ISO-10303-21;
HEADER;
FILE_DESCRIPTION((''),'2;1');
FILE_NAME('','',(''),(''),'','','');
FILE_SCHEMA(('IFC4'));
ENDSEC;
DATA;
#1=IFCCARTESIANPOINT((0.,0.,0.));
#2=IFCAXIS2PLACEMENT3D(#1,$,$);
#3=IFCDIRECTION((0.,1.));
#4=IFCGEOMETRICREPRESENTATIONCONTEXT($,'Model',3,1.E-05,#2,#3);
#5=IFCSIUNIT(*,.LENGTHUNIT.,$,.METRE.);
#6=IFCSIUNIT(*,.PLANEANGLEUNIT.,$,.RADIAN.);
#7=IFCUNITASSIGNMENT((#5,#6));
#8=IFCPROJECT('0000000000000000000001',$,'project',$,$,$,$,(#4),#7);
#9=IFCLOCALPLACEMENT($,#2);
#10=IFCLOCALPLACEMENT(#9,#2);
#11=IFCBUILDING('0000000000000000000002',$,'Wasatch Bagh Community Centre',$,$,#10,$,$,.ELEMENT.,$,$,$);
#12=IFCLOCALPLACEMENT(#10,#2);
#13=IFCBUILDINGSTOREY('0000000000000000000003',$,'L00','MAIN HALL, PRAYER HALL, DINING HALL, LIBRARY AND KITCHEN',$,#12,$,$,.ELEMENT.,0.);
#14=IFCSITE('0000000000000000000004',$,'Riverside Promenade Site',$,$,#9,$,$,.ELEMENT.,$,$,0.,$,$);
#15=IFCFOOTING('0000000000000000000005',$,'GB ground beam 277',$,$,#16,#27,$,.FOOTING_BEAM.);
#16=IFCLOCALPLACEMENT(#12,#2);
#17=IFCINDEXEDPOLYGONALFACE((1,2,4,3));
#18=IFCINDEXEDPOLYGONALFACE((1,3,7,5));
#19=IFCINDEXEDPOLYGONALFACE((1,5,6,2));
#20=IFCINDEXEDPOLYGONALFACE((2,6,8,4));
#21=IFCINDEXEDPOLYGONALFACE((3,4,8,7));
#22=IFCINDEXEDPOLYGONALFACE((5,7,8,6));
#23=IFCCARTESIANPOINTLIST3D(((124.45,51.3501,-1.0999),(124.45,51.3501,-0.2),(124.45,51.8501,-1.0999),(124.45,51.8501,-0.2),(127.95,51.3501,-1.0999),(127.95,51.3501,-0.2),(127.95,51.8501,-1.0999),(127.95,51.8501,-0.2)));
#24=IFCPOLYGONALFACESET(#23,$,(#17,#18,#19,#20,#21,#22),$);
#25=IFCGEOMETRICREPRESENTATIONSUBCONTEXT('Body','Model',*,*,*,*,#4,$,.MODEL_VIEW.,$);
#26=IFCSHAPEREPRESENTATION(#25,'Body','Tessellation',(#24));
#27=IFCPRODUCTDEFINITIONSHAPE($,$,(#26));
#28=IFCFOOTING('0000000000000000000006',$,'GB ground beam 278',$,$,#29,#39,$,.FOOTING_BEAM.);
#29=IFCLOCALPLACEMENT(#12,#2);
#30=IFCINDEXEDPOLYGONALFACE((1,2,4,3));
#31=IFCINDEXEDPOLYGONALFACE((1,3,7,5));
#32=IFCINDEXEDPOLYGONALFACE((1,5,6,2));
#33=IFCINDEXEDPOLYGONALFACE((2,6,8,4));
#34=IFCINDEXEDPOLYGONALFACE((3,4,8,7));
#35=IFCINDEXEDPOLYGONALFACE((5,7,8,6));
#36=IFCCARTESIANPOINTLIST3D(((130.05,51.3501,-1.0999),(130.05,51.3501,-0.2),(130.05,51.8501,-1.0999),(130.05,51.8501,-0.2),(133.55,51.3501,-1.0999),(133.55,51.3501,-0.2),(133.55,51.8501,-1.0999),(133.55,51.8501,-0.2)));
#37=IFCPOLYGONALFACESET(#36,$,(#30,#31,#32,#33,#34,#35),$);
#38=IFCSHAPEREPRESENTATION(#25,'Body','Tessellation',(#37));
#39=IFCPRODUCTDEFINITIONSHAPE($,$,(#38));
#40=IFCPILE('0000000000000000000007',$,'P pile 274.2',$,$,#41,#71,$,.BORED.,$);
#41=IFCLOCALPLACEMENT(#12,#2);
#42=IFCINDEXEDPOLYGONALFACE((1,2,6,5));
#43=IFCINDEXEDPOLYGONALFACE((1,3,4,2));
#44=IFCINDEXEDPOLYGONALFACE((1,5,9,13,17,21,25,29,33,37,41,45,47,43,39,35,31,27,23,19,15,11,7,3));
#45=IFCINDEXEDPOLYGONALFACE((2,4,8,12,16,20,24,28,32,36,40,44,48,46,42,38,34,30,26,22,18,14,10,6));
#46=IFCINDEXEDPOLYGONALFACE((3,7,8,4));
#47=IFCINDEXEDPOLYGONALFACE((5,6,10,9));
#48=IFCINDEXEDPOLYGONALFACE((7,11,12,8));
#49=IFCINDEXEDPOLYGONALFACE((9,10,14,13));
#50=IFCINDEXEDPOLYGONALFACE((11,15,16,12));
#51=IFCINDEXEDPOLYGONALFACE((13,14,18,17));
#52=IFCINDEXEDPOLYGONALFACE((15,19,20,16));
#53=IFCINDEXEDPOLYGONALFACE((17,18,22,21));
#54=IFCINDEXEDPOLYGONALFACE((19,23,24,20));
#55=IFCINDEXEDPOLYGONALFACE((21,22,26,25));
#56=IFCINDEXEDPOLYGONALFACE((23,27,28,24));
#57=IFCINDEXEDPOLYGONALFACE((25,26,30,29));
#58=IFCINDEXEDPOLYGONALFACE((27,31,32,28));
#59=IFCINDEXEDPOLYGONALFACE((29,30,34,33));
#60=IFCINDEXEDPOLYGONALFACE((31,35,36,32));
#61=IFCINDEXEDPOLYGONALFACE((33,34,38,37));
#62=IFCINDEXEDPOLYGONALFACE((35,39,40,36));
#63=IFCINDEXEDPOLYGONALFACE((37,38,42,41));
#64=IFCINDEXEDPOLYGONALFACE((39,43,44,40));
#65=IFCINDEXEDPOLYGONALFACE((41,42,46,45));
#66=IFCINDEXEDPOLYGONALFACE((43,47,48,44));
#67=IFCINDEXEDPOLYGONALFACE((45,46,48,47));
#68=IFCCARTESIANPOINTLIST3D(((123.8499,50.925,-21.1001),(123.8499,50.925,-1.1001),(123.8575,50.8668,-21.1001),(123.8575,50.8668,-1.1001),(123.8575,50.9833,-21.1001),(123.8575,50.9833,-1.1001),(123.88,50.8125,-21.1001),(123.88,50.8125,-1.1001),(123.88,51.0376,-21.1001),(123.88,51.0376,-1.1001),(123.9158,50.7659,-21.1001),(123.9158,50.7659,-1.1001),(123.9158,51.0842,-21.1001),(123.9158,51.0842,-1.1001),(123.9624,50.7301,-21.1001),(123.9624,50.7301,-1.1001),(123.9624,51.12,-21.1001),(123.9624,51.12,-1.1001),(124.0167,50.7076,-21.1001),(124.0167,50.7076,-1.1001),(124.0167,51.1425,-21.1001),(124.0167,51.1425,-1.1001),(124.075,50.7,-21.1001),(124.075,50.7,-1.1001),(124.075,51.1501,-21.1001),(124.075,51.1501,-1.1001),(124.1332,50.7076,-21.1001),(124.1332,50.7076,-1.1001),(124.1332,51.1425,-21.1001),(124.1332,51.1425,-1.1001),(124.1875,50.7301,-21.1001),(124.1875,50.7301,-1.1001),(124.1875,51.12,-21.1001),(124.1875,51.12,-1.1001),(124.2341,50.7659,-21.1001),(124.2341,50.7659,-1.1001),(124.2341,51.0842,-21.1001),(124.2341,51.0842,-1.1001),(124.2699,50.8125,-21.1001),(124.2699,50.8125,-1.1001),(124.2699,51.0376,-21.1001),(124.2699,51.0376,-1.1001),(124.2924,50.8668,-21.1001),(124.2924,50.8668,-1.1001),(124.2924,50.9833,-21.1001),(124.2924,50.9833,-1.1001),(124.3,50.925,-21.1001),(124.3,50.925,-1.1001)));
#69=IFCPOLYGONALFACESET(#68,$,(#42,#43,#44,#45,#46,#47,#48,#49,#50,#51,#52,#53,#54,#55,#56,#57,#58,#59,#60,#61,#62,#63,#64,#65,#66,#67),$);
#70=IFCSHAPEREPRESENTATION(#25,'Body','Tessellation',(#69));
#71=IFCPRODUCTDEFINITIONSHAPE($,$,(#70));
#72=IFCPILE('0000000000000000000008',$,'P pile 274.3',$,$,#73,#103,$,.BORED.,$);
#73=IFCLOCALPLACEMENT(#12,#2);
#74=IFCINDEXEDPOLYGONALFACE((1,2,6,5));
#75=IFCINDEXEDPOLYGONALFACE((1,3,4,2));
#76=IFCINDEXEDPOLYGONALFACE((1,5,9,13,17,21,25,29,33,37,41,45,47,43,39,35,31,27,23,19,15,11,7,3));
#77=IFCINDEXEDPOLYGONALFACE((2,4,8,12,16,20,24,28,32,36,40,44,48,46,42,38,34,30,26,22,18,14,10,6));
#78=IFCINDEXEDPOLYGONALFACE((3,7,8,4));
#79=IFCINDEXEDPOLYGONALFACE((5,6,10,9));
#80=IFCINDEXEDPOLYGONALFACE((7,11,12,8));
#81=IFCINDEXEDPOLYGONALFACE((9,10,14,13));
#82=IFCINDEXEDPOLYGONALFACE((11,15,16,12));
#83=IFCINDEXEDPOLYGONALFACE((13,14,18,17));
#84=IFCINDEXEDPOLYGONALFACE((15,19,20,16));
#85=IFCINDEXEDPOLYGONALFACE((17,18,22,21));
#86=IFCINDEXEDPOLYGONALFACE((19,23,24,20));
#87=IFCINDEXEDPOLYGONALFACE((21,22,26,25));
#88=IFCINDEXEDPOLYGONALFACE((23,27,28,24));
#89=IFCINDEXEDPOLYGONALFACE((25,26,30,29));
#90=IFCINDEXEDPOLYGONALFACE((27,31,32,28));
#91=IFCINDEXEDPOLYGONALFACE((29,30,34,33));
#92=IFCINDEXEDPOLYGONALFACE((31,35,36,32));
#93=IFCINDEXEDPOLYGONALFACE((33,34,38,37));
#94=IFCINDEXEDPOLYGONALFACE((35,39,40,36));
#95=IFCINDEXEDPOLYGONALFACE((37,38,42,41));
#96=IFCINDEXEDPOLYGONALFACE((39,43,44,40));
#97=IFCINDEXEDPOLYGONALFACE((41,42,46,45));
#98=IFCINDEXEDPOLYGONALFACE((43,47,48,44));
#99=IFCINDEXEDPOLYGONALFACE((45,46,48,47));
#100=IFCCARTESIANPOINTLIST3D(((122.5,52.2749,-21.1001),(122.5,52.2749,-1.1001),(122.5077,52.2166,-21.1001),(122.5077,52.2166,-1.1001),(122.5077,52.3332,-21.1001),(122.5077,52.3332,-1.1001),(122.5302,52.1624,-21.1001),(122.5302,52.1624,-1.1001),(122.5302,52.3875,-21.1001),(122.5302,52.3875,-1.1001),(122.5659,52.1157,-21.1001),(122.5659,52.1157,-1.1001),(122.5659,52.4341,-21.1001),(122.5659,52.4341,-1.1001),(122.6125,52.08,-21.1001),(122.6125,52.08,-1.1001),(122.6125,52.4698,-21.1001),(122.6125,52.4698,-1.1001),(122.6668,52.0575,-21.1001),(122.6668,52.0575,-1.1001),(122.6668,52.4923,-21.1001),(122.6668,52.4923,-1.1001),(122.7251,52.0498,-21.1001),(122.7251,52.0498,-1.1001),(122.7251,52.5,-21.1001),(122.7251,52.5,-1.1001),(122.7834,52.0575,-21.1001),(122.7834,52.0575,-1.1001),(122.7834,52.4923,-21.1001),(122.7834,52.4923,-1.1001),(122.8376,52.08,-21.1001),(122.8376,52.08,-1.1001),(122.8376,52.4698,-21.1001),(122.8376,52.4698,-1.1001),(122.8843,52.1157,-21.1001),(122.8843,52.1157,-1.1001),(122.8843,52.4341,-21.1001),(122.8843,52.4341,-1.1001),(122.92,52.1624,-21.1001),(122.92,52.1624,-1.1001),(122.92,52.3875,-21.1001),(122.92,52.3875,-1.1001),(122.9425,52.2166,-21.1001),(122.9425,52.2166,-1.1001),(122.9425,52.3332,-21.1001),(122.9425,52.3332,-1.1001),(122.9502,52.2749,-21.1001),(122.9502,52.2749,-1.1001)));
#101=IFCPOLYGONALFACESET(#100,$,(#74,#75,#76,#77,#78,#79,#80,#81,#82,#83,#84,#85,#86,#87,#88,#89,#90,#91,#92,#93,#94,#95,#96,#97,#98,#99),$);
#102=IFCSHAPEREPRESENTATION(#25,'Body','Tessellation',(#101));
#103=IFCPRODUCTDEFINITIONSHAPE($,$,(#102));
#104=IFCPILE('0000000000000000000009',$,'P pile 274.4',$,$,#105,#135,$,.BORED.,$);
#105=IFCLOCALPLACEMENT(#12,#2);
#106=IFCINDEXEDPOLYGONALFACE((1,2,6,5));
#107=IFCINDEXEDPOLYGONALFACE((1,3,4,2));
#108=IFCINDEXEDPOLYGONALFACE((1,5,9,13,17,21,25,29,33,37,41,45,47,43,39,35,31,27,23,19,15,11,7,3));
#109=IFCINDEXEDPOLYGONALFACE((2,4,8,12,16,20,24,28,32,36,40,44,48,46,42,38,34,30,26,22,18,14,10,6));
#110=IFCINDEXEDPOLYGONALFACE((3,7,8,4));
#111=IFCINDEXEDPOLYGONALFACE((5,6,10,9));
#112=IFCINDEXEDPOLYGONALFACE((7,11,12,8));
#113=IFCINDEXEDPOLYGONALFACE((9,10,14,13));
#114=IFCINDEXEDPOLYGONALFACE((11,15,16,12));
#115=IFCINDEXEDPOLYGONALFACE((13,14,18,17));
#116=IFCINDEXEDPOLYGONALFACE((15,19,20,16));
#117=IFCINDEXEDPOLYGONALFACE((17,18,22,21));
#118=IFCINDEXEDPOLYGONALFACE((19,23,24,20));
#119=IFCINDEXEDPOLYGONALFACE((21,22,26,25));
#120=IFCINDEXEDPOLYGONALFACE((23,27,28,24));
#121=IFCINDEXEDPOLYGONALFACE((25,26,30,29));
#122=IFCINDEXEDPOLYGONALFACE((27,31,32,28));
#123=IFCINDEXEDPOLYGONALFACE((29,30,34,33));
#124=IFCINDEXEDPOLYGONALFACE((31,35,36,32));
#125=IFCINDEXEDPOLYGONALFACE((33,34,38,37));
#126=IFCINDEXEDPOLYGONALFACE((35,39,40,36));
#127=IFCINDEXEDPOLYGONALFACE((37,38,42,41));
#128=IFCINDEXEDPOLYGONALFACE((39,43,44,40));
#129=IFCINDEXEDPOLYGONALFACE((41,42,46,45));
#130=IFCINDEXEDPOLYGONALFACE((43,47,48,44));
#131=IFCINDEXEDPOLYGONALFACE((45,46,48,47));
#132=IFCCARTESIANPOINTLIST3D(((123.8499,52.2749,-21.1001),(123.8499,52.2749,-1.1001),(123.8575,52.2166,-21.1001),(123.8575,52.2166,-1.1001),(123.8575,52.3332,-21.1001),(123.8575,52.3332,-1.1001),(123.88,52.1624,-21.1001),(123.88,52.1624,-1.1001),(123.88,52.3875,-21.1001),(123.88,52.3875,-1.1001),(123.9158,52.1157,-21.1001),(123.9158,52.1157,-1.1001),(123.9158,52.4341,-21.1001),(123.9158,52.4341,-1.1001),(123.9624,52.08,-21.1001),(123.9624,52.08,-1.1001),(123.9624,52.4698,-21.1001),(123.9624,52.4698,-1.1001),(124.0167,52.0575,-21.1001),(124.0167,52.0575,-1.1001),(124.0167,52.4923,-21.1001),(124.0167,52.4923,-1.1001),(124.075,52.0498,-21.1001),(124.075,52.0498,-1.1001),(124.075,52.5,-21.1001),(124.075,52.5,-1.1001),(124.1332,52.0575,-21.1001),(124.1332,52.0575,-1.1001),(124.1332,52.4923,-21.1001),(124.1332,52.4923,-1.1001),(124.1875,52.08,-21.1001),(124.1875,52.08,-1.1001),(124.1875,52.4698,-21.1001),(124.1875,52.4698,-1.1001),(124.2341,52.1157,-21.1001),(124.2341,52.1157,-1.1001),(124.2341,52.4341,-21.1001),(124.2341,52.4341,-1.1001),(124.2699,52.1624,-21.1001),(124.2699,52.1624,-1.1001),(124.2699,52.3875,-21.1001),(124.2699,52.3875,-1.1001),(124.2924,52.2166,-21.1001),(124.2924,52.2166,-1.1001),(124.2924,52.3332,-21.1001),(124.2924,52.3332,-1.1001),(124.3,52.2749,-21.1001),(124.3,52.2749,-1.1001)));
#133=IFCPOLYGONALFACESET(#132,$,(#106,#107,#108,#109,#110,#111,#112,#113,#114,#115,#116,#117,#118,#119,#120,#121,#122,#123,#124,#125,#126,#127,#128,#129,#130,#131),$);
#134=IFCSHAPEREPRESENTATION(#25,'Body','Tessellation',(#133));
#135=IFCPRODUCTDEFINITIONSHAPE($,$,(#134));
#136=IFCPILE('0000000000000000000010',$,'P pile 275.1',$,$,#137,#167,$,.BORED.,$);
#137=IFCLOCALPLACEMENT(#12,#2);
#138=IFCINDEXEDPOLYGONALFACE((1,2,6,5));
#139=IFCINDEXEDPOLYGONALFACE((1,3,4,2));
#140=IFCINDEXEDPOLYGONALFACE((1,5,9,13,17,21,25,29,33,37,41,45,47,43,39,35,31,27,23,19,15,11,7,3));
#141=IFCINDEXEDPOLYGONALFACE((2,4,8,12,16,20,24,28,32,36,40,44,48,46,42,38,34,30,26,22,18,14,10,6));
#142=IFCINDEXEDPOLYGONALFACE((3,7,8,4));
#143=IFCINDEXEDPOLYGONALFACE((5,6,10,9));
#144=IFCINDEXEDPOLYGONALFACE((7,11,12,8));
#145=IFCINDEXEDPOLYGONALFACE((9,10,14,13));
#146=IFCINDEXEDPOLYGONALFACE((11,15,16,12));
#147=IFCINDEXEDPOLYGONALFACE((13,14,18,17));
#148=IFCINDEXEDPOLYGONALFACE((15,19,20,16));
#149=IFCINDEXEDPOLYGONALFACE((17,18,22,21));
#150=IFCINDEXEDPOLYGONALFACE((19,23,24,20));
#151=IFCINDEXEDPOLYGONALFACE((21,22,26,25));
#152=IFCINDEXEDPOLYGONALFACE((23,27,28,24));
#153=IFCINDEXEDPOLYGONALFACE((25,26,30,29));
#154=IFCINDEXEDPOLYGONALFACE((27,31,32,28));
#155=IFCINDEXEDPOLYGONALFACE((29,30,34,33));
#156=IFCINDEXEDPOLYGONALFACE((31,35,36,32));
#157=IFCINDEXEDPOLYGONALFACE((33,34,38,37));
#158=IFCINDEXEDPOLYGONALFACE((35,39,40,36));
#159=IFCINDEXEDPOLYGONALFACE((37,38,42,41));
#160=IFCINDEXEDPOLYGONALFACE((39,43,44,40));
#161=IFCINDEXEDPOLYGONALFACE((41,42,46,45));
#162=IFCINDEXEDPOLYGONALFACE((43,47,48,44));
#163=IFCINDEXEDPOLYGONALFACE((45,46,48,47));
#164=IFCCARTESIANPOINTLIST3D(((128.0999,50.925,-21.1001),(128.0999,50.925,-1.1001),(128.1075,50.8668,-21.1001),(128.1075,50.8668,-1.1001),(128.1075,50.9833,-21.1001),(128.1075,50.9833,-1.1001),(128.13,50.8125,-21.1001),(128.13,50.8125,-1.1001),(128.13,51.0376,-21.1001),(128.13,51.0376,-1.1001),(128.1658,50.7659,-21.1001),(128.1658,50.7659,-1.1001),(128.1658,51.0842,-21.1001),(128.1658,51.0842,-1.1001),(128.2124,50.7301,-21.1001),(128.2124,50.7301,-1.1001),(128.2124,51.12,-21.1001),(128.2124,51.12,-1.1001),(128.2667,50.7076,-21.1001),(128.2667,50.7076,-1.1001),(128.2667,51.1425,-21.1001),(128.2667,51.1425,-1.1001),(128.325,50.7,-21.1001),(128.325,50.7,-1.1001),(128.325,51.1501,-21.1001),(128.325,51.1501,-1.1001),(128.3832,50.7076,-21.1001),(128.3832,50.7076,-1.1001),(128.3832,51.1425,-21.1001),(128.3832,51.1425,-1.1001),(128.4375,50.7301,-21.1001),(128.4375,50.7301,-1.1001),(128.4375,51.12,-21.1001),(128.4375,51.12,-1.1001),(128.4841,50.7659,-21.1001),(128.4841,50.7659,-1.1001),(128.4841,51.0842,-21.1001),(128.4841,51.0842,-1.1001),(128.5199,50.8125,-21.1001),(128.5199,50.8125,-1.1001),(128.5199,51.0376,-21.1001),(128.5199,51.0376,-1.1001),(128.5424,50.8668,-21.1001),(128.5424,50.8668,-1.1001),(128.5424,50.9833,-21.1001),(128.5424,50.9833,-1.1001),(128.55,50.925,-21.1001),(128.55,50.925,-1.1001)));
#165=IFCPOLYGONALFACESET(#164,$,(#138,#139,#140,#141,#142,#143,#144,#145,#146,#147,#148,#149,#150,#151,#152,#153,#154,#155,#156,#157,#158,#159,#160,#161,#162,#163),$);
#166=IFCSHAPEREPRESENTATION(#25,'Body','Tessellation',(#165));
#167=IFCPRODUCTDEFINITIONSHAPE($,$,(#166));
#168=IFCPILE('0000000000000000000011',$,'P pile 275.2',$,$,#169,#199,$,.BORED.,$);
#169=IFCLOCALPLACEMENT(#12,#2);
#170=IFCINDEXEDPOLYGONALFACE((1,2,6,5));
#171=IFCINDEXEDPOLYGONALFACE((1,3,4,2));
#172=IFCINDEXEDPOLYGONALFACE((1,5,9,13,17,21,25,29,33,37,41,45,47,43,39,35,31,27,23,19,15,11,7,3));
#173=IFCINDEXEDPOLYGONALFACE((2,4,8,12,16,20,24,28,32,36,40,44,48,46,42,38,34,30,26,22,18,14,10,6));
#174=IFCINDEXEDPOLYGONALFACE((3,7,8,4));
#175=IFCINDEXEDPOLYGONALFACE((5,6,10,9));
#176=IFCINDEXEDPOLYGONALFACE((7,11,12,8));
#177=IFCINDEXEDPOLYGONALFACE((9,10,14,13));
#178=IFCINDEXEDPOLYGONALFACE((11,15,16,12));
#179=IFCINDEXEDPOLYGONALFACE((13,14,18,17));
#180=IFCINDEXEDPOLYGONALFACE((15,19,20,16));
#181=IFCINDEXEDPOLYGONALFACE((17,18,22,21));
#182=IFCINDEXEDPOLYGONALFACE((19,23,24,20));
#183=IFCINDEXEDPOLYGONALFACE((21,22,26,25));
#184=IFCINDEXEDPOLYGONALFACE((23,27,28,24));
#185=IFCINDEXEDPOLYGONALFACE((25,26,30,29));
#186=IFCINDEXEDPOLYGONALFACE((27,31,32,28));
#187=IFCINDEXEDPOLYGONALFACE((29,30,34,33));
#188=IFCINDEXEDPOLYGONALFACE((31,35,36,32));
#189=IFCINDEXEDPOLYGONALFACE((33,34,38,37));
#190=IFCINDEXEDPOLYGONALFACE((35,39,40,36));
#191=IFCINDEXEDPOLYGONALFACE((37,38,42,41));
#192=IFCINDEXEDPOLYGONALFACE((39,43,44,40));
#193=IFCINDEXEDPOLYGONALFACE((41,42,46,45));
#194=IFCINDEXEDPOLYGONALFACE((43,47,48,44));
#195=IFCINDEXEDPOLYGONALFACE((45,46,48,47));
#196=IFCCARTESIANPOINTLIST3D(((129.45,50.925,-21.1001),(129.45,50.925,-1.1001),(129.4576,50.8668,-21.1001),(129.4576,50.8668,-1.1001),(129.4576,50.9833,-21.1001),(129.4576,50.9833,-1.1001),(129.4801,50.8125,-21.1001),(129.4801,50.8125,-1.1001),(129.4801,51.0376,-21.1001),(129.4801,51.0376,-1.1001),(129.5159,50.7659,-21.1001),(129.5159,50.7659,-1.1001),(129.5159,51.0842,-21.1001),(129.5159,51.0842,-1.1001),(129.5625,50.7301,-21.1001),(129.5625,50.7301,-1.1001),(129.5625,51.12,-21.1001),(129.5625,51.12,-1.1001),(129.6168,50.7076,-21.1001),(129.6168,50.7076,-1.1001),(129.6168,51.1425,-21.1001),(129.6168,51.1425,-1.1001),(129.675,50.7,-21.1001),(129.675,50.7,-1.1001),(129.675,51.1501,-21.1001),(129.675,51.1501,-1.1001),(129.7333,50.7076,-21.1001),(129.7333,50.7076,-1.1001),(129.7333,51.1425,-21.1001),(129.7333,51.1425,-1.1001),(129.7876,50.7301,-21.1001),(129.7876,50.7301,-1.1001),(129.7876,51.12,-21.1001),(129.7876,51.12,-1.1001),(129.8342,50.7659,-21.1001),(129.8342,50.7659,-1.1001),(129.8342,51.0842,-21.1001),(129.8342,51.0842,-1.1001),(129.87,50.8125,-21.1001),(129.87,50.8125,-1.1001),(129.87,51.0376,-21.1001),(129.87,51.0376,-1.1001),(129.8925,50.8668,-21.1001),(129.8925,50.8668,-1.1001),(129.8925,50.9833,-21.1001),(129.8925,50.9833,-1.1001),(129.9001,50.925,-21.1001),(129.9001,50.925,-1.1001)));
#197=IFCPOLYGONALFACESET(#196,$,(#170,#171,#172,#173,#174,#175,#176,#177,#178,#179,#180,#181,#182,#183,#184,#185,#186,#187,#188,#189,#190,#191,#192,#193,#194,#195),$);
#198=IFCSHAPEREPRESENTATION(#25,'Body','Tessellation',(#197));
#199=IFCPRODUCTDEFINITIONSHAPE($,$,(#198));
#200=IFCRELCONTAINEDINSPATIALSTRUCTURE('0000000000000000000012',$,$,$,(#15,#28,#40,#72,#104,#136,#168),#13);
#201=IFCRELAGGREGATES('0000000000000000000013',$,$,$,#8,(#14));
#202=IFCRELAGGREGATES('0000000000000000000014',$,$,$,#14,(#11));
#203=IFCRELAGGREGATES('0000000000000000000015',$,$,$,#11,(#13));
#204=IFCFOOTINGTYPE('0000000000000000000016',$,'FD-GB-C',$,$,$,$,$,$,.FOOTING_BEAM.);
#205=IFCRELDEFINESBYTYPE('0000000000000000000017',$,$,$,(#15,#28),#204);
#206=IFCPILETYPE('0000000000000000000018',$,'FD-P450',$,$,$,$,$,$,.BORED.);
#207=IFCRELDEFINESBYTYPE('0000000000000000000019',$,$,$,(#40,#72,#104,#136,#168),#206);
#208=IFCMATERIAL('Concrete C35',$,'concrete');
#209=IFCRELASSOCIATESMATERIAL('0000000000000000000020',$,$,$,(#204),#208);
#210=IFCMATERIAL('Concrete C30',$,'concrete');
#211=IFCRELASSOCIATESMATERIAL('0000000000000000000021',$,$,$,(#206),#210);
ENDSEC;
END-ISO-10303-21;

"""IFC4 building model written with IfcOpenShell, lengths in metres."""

from ifc_helpers import new_model, si_unit, direction, frame, origin, origin_2d, place, context, subcontext, project, spatial, rectangle, circle, extrude, material, material_profile, profile_set, type_object, element, save


model = new_model("IFC4")

# Units and contexts
model_context = context("Model", 3, precision=1e-05, world=origin(), true_north=direction((0.0, 1.0)))
body_context = subcontext(model_context, "Body", "Model", "MODEL_VIEW")
ifc_project = project(units=[si_unit("LENGTHUNIT", "METRE"), si_unit("PLANEANGLEUNIT", "RADIAN")], contexts=[model_context])

# Site, building, storey
site_placement = place(None, origin())
site = spatial("IfcSite", under=ifc_project, at=site_placement, Name="Riverside Promenade Site", CompositionType="ELEMENT", RefElevation=0.0)
building_placement = place(site_placement, origin())
building = spatial("IfcBuilding", under=site, at=building_placement, Name="Wasatch Bagh Community Centre", CompositionType="ELEMENT")
storey_placement = place(building_placement, origin())
storey = spatial("IfcBuildingStorey", under=building, at=storey_placement, Name="L00", Description="MAIN HALL, PRAYER HALL, DINING HALL, LIBRARY AND KITCHEN", CompositionType="ELEMENT", Elevation=0.0)

# Footings
ifc_material_1 = material(Name="Concrete C35", Category="concrete")
footing_type_1 = type_object("IfcFootingType", Name="FD-GB-C", PredefinedType="FOOTING_BEAM", material=ifc_material_1)
for number, where, z_axis, x_axis, name in (
    (1, (126.2, 51.6001, -1.0999), (0.0, 0.0, 1.0), (1.0, 0.0, 0.0), "GB ground beam 277"),
    (2, (131.8, 51.6001, -1.0999), (0.0, 0.0, 1.0), (1.0, 0.0, 0.0), "GB ground beam 278"),
):
    element("IfcFooting", number, at=place(storey_placement, frame(where, z_axis=z_axis, x_axis=x_axis)), inside=storey, type_object=footing_type_1, Name=name, PredefinedType="FOOTING_BEAM", context=body_context, shape_type="SweptSolid", body=[
        extrude(rectangle(XDim=3.5, YDim=0.5, at=origin_2d()), origin(), (0.0, 0.0, 1.0), 0.8999),
    ])

# Piles
ifc_material_2 = material(Name="Concrete C30", Category="concrete")
ifc_material_profile_1 = material_profile(ifc_material_2, circle(Radius=0.2251, at=origin_2d()), Name="RC D450")
ifc_profile_set_1 = profile_set([ifc_material_profile_1], Name="Concrete C30")
pile_type = type_object("IfcPileType", Name="FD-P450", PredefinedType="BORED", material=ifc_profile_set_1)
for number, where, z_axis, x_axis, name in (
    (3, (124.075, 50.925, -1.1001), (0.0, 0.0, -1.0), (1.0, 0.0, 0.0), "P pile 274.2"),
    (4, (122.7251, 52.2749, -1.1001), (0.0, 0.0, -1.0), (1.0, 0.0, 0.0), "P pile 274.3"),
    (5, (124.075, 52.2749, -1.1001), (0.0, 0.0, -1.0), (1.0, 0.0, 0.0), "P pile 274.4"),
    (6, (128.325, 50.925, -1.1001), (0.0, 0.0, -1.0), (1.0, 0.0, 0.0), "P pile 275.1"),
    (7, (129.675, 50.925, -1.1001), (0.0, 0.0, -1.0), (1.0, 0.0, 0.0), "P pile 275.2"),
):
    element("IfcPile", number, at=place(storey_placement, frame(where, z_axis=z_axis, x_axis=x_axis)), inside=storey, type_object=pile_type, Name=name, PredefinedType="BORED", context=body_context, shape_type="SweptSolid", body=[
        extrude(circle(Radius=0.2251, at=origin_2d()), origin(), (0.0, 0.0, 1.0), 20.0),
    ])

save(model, "model.ifc")
